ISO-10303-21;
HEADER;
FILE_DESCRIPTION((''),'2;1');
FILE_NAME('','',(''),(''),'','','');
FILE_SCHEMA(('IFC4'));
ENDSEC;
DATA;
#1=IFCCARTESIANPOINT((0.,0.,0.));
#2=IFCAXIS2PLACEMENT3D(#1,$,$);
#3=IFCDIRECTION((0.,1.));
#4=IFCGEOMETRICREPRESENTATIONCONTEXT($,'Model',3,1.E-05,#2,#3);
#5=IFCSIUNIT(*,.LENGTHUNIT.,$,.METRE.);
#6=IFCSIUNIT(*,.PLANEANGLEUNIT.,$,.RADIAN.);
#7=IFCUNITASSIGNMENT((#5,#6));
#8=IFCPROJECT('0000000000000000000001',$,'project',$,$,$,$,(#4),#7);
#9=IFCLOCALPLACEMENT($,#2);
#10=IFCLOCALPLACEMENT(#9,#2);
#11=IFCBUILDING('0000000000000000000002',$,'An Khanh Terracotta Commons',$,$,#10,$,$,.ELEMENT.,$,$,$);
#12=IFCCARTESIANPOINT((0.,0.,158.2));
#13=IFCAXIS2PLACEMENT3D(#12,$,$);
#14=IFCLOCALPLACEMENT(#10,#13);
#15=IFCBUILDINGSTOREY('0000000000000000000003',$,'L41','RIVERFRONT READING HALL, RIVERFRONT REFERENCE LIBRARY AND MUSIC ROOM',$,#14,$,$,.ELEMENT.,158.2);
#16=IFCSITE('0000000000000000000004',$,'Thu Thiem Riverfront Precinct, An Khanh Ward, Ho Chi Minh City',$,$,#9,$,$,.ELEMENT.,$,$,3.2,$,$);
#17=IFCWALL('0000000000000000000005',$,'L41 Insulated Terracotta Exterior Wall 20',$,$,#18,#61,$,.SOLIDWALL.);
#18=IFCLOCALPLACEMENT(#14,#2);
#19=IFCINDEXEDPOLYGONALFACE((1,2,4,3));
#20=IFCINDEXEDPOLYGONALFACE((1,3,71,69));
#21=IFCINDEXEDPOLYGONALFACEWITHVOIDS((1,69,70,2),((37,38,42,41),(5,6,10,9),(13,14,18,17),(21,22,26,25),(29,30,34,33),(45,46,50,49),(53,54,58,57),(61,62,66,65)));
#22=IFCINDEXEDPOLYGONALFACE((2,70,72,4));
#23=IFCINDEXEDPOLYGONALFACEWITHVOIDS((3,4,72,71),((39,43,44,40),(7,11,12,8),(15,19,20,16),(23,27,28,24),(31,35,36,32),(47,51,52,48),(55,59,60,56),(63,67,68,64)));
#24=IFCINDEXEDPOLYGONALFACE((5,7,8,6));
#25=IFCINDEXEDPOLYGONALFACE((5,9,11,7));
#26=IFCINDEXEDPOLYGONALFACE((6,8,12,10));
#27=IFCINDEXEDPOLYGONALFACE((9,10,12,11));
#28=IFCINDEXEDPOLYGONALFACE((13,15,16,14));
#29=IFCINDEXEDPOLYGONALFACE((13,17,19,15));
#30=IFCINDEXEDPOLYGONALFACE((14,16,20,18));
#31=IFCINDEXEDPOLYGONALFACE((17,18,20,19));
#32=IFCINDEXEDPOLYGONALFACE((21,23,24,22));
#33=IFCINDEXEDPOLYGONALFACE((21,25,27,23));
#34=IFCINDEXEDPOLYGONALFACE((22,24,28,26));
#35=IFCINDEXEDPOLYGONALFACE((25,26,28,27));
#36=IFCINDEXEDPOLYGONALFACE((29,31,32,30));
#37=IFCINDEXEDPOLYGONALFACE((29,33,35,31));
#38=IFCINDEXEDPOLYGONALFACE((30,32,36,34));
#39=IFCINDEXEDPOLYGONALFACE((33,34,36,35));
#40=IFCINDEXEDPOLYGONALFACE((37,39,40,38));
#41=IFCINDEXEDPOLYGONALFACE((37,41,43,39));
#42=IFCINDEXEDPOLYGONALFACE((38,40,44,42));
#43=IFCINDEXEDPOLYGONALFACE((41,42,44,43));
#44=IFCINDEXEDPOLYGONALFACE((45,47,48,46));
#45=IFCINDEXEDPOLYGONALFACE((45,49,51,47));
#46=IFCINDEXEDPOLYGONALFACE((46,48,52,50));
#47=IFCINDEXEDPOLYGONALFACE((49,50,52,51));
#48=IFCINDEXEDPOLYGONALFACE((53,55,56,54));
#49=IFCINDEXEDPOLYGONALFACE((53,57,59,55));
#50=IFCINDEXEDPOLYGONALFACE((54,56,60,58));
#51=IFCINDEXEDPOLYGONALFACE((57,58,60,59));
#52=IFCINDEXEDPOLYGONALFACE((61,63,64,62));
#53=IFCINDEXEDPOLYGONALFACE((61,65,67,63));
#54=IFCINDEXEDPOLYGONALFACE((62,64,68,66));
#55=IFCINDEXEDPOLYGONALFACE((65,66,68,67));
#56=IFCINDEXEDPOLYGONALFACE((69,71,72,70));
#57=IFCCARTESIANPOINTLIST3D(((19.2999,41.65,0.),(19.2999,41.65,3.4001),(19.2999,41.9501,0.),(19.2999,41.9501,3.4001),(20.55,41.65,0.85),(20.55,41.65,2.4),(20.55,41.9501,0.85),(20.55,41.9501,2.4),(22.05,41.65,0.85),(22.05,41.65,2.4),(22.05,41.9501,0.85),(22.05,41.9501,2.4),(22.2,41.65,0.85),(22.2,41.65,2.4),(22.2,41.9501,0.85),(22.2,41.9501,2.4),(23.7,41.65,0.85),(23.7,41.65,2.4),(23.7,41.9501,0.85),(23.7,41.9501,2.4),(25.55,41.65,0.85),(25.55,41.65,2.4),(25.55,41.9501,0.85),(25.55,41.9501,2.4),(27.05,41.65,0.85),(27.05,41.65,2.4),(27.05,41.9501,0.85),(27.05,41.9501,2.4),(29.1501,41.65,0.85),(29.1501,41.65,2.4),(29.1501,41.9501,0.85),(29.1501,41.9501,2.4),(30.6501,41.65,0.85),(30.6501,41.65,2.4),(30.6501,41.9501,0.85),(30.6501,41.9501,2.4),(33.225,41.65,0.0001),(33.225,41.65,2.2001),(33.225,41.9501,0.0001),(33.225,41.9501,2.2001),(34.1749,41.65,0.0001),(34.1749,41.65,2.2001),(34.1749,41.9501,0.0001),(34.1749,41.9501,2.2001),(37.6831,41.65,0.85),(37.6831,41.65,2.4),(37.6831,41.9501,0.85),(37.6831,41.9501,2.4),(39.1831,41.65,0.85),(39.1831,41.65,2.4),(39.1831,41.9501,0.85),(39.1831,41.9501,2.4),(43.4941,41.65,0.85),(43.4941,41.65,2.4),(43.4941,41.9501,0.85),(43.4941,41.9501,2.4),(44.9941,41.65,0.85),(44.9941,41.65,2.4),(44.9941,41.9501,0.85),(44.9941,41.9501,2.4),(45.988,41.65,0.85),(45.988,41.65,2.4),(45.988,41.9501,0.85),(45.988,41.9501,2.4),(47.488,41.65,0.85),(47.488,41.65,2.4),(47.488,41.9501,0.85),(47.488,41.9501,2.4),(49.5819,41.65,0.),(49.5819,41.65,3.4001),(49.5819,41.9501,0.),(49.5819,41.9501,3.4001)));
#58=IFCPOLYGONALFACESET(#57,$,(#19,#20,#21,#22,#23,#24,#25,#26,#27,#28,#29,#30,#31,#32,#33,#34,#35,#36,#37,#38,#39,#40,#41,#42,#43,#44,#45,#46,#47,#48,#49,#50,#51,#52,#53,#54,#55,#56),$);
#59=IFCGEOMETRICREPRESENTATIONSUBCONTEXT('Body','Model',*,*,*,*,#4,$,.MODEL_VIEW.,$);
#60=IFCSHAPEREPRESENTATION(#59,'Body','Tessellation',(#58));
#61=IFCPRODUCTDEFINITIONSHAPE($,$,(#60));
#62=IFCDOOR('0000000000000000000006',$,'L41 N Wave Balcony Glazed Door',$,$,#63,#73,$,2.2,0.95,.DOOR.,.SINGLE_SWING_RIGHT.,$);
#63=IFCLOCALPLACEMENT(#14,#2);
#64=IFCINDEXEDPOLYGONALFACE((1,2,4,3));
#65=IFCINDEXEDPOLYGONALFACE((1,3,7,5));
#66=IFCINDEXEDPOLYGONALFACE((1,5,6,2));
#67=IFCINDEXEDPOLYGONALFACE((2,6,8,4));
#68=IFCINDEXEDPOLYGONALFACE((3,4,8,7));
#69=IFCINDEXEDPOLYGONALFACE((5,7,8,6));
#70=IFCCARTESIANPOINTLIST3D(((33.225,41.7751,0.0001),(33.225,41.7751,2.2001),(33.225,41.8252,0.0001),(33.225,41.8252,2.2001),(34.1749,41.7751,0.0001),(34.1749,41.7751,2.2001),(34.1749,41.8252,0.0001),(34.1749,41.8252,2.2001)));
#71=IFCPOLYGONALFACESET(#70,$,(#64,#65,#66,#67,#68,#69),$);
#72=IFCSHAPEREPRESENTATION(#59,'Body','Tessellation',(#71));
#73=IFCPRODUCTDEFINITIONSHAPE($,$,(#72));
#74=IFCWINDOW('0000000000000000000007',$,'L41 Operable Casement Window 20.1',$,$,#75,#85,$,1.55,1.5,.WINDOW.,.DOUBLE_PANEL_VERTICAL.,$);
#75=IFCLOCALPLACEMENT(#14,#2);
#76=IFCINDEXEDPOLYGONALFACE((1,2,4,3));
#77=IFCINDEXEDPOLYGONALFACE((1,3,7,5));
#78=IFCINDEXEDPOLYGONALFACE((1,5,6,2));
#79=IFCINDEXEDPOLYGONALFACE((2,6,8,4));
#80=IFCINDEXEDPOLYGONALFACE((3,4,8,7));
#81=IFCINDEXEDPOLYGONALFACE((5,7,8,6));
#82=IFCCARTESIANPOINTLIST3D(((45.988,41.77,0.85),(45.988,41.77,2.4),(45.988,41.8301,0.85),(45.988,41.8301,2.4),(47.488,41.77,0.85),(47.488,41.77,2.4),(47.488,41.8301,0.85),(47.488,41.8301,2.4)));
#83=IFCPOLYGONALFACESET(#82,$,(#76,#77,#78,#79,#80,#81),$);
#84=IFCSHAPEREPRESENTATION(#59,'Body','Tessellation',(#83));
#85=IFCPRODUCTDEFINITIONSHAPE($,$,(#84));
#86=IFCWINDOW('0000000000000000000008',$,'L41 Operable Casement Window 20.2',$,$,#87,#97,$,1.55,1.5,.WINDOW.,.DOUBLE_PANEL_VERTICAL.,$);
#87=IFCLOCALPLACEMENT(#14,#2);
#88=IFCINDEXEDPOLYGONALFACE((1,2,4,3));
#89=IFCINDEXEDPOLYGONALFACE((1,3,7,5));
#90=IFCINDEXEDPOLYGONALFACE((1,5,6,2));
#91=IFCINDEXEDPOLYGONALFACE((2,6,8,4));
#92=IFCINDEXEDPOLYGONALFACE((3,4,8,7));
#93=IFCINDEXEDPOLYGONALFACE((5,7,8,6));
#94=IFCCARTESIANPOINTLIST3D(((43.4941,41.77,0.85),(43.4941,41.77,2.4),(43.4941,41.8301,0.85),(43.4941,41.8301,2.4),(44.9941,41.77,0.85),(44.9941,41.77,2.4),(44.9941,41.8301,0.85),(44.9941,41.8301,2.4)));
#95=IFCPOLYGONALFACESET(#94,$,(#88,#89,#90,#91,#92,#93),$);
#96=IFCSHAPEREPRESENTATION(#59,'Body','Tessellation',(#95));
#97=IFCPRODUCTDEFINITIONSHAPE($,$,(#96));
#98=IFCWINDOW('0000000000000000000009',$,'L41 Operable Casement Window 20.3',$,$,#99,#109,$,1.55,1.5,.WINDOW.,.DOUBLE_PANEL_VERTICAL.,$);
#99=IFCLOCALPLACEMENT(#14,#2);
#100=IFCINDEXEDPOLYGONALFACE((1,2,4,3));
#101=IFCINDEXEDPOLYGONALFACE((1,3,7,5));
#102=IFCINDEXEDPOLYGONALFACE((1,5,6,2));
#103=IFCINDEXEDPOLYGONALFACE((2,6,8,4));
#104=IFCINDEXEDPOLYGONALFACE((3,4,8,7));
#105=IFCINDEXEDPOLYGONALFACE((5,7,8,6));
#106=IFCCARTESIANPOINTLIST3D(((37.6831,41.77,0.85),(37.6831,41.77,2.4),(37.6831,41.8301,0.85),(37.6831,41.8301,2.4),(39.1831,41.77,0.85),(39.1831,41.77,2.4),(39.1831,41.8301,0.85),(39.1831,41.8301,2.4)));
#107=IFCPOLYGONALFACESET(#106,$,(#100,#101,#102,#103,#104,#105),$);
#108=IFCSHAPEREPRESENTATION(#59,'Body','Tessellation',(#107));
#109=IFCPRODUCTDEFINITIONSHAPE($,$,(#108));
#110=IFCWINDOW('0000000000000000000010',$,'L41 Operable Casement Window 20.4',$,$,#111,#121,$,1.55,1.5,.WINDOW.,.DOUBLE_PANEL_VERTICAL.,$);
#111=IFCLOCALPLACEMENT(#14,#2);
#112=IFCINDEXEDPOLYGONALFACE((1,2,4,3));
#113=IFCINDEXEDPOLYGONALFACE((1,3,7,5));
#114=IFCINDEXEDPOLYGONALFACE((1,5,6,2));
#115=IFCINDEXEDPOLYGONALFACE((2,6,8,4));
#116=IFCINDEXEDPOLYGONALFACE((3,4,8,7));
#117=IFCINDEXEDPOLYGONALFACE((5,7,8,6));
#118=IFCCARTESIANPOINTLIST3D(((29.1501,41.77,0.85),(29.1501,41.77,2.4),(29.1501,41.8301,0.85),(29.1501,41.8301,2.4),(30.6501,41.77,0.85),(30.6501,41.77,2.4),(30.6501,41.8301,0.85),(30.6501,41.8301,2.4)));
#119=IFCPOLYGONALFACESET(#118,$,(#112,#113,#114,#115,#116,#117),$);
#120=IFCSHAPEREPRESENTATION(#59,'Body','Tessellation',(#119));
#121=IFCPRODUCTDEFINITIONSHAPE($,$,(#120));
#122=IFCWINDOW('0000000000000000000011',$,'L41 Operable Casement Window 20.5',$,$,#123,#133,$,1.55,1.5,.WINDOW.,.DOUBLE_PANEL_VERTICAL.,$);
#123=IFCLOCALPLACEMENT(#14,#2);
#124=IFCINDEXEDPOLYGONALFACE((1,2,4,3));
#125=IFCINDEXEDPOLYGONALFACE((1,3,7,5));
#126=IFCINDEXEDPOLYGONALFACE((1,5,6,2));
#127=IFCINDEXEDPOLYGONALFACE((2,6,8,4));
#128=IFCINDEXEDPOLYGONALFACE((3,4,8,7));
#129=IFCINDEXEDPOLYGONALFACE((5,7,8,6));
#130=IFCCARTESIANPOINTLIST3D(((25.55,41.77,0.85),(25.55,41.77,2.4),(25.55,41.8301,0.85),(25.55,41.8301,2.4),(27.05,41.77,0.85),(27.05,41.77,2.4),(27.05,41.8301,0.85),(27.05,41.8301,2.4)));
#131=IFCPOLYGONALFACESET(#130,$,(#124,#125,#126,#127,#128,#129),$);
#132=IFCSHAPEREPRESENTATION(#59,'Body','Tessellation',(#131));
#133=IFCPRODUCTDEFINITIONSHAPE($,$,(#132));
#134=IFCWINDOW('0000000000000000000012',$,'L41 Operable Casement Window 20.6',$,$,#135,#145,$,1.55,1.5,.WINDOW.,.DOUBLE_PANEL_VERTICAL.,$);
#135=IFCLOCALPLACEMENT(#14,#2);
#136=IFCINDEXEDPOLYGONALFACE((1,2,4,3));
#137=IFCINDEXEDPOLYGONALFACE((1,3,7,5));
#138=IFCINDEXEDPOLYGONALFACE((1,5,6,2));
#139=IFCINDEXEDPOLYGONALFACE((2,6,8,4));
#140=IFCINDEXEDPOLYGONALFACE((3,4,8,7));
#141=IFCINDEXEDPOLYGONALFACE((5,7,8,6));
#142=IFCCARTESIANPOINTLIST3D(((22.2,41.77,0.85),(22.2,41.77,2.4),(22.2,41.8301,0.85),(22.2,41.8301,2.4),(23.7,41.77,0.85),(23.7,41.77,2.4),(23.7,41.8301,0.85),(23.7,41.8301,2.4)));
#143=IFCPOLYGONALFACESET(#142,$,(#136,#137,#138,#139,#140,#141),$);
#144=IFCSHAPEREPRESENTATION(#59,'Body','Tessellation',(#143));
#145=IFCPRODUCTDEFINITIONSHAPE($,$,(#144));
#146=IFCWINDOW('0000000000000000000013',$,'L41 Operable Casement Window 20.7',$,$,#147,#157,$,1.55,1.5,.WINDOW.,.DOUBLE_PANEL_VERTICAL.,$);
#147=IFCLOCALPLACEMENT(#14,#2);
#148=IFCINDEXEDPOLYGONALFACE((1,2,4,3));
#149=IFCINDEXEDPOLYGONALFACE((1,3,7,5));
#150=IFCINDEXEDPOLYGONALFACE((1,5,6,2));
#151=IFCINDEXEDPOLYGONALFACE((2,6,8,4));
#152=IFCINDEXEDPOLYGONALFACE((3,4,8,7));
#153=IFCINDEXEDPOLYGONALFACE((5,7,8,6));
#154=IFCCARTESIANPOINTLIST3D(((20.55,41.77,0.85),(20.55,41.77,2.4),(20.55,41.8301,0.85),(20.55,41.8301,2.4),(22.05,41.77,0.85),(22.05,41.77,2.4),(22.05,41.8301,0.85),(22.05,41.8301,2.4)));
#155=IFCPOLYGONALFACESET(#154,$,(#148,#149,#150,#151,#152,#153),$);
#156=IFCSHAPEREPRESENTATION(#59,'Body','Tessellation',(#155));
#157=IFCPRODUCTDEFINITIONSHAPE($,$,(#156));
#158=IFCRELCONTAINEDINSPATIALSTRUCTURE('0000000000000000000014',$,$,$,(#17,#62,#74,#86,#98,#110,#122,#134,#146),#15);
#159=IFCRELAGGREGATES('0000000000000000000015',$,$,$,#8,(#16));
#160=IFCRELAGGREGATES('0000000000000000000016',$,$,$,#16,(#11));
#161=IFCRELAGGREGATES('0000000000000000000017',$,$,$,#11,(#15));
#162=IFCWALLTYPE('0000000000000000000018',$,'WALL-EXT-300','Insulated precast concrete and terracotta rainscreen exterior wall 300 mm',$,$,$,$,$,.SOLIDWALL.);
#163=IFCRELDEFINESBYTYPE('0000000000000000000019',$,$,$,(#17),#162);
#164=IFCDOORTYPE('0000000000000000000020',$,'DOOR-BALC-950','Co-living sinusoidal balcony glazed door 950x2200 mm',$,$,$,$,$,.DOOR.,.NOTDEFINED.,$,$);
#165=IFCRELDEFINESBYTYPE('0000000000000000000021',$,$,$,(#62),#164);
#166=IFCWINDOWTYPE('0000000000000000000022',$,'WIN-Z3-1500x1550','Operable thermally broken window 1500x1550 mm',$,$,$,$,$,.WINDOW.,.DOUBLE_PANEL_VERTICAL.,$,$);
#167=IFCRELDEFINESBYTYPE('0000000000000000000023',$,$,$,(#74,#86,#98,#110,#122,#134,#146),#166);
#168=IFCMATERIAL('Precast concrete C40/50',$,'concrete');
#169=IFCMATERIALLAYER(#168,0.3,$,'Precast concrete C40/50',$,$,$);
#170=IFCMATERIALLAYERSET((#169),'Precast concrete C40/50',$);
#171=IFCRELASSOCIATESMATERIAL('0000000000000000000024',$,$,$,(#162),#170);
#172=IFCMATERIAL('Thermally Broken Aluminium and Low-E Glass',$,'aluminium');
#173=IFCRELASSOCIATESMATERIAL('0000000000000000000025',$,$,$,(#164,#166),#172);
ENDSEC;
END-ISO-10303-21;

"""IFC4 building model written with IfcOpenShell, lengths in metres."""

from ifc_helpers import new_model, si_unit, direction, frame, frame_2d, origin, place, context, subcontext, project, spatial, rectangle, extrude, material, layer, layer_set, type_object, element, fill, save


model = new_model("IFC4")

# Units and contexts
model_context = context("Model", 3, precision=1e-05, world=origin(), true_north=direction((0.0, 1.0)))
body_context = subcontext(model_context, "Body", "Model", "MODEL_VIEW")
ifc_project = project(units=[si_unit("LENGTHUNIT", "METRE"), si_unit("PLANEANGLEUNIT", "RADIAN")], contexts=[model_context])

# Site, building, storey
site_placement = place(None, origin())
site = spatial("IfcSite", under=ifc_project, at=site_placement, Name="Thu Thiem Riverfront Precinct, An Khanh Ward, Ho Chi Minh City", CompositionType="ELEMENT", RefElevation=3.2)
building_placement = place(site_placement, origin())
building = spatial("IfcBuilding", under=site, at=building_placement, Name="An Khanh Terracotta Commons", CompositionType="ELEMENT")
storey_placement = place(building_placement, frame((0.0, 0.0, 158.2)))
storey = spatial("IfcBuildingStorey", under=building, at=storey_placement, Name="L41", Description="RIVERFRONT READING HALL, RIVERFRONT REFERENCE LIBRARY AND MUSIC ROOM", CompositionType="ELEMENT", Elevation=158.2)

# Wall, openings, door, windows
ifc_material_1 = material(Name="Precast concrete C40/50", Category="concrete")
ifc_layer_1 = layer(ifc_material_1, 0.3, Name="Precast concrete C40/50")
ifc_layer_set_1 = layer_set([ifc_layer_1], Name="Precast concrete C40/50")
wall_type_1 = type_object("IfcWallType", Name="WALL-EXT-300", Description="Insulated precast concrete and terracotta rainscreen exterior wall 300 mm", PredefinedType="SOLIDWALL", material=ifc_layer_set_1)
wall_1_placement = place(storey_placement, frame((49.582, 41.8, 0.0), z_axis=(0.0, 0.0, 1.0), x_axis=(-1.0, 0.0, 0.0)))
wall_1 = element("IfcWall", 1, at=wall_1_placement, inside=storey, type_object=wall_type_1, Name="L41 Insulated Terracotta Exterior Wall 20", PredefinedType="SOLIDWALL", context=body_context, shape_type="SweptSolid", body=[
    extrude(rectangle(XDim=30.282, YDim=0.3, at=frame_2d((15.1411, 0.0))), origin(), (0.0, 0.0, 1.0), 3.4001),
])
opening_1_placement = place(wall_1_placement, frame((15.407, 0.0, 0.0)))
opening_1 = element("IfcOpeningElement", 2, at=opening_1_placement, cuts=wall_1, PredefinedType="OPENING", context=body_context, shape_type="SweptSolid", body=[
    extrude(rectangle(XDim=0.95, YDim=2.2, at=frame_2d((0.4751, 1.1001))), frame((0.0, 0.1599, 0.0), z_axis=(0.0, -1.0, 0.0), x_axis=(1.0, 0.0, 0.0)), (0.0, 0.0, 1.0), 0.3201),
])
opening_2_placement = place(wall_1_placement, frame((2.094, 0.0, 0.8501)))
opening_2 = element("IfcOpeningElement", 3, at=opening_2_placement, cuts=wall_1, PredefinedType="OPENING", context=body_context, shape_type="SweptSolid", body=[
    extrude(rectangle(XDim=1.5, YDim=1.55, at=frame_2d((0.75, 0.7749))), frame((0.0, 0.1599, 0.0), z_axis=(0.0, -1.0, 0.0), x_axis=(1.0, 0.0, 0.0)), (0.0, 0.0, 1.0), 0.3201),
])
opening_3_placement = place(wall_1_placement, frame((4.5879, 0.0, 0.8501)))
opening_3 = element("IfcOpeningElement", 4, at=opening_3_placement, cuts=wall_1, PredefinedType="OPENING", context=body_context, shape_type="SweptSolid", body=[
    extrude(rectangle(XDim=1.5, YDim=1.55, at=frame_2d((0.75, 0.7749))), frame((0.0, 0.1599, 0.0), z_axis=(0.0, -1.0, 0.0), x_axis=(1.0, 0.0, 0.0)), (0.0, 0.0, 1.0), 0.3201),
])
opening_4_placement = place(wall_1_placement, frame((10.3989, 0.0, 0.8501)))
opening_4 = element("IfcOpeningElement", 5, at=opening_4_placement, cuts=wall_1, PredefinedType="OPENING", context=body_context, shape_type="SweptSolid", body=[
    extrude(rectangle(XDim=1.5, YDim=1.55, at=frame_2d((0.75, 0.7749))), frame((0.0, 0.1599, 0.0), z_axis=(0.0, -1.0, 0.0), x_axis=(1.0, 0.0, 0.0)), (0.0, 0.0, 1.0), 0.3201),
])
opening_5_placement = place(wall_1_placement, frame((18.9319, 0.0, 0.8501)))
opening_5 = element("IfcOpeningElement", 6, at=opening_5_placement, cuts=wall_1, PredefinedType="OPENING", context=body_context, shape_type="SweptSolid", body=[
    extrude(rectangle(XDim=1.5, YDim=1.55, at=frame_2d((0.75, 0.7749))), frame((0.0, 0.1599, 0.0), z_axis=(0.0, -1.0, 0.0), x_axis=(1.0, 0.0, 0.0)), (0.0, 0.0, 1.0), 0.3201),
])
opening_6_placement = place(wall_1_placement, frame((22.532, 0.0, 0.8501)))
opening_6 = element("IfcOpeningElement", 7, at=opening_6_placement, cuts=wall_1, PredefinedType="OPENING", context=body_context, shape_type="SweptSolid", body=[
    extrude(rectangle(XDim=1.5, YDim=1.55, at=frame_2d((0.75, 0.7749))), frame((0.0, 0.1599, 0.0), z_axis=(0.0, -1.0, 0.0), x_axis=(1.0, 0.0, 0.0)), (0.0, 0.0, 1.0), 0.3201),
])
opening_7_placement = place(wall_1_placement, frame((25.8821, 0.0, 0.8501)))
opening_7 = element("IfcOpeningElement", 8, at=opening_7_placement, cuts=wall_1, PredefinedType="OPENING", context=body_context, shape_type="SweptSolid", body=[
    extrude(rectangle(XDim=1.5, YDim=1.55, at=frame_2d((0.75, 0.7749))), frame((0.0, 0.1599, 0.0), z_axis=(0.0, -1.0, 0.0), x_axis=(1.0, 0.0, 0.0)), (0.0, 0.0, 1.0), 0.3201),
])
opening_8_placement = place(wall_1_placement, frame((27.532, 0.0, 0.8501)))
opening_8 = element("IfcOpeningElement", 9, at=opening_8_placement, cuts=wall_1, PredefinedType="OPENING", context=body_context, shape_type="SweptSolid", body=[
    extrude(rectangle(XDim=1.5, YDim=1.55, at=frame_2d((0.75, 0.7749))), frame((0.0, 0.1599, 0.0), z_axis=(0.0, -1.0, 0.0), x_axis=(1.0, 0.0, 0.0)), (0.0, 0.0, 1.0), 0.3201),
])
ifc_material_2 = material(Name="Thermally Broken Aluminium and Low-E Glass", Category="aluminium")
door_type_1 = type_object("IfcDoorType", Name="DOOR-BALC-950", Description="Co-living sinusoidal balcony glazed door 950x2200 mm", OperationType="NOTDEFINED", PredefinedType="DOOR", material=ifc_material_2)
door_1_placement = place(opening_1_placement, origin())
door_1 = element("IfcDoor", 10, at=door_1_placement, inside=storey, type_object=door_type_1, Name="L41 N Wave Balcony Glazed Door", OperationType="SINGLE_SWING_RIGHT", OverallHeight=2.2, OverallWidth=0.95, PredefinedType="DOOR", context=body_context, shape_type="SweptSolid", body=[
    extrude(rectangle(XDim=0.95, YDim=2.2, at=frame_2d((0.4751, 1.1001))), frame((0.0, 0.0249, 0.0), z_axis=(0.0, -1.0, 0.0), x_axis=(1.0, 0.0, 0.0)), (0.0, 0.0, 1.0), 0.05),
])
fill(opening_1, door_1)
window_type = type_object("IfcWindowType", Name="WIN-Z3-1500x1550", Description="Operable thermally broken window 1500x1550 mm", PartitioningType="DOUBLE_PANEL_VERTICAL", PredefinedType="WINDOW", material=ifc_material_2)
window_1_placement = place(opening_2_placement, origin())
window_1 = element("IfcWindow", 11, at=window_1_placement, inside=storey, type_object=window_type, Name="L41 Operable Casement Window 20.1", OverallHeight=1.55, OverallWidth=1.5, PartitioningType="DOUBLE_PANEL_VERTICAL", PredefinedType="WINDOW", context=body_context, shape_type="SweptSolid", body=[
    extrude(rectangle(XDim=1.5, YDim=1.55, at=frame_2d((0.75, 0.7749))), frame((0.0, 0.03, 0.0), z_axis=(0.0, -1.0, 0.0), x_axis=(1.0, 0.0, 0.0)), (0.0, 0.0, 1.0), 0.0601),
])
fill(opening_2, window_1)
window_2_placement = place(opening_3_placement, origin())
window_2 = element("IfcWindow", 12, at=window_2_placement, inside=storey, type_object=window_type, Name="L41 Operable Casement Window 20.2", OverallHeight=1.55, OverallWidth=1.5, PartitioningType="DOUBLE_PANEL_VERTICAL", PredefinedType="WINDOW", context=body_context, shape_type="SweptSolid", body=[
    extrude(rectangle(XDim=1.5, YDim=1.55, at=frame_2d((0.75, 0.7749))), frame((0.0, 0.03, 0.0), z_axis=(0.0, -1.0, 0.0), x_axis=(1.0, 0.0, 0.0)), (0.0, 0.0, 1.0), 0.0601),
])
fill(opening_3, window_2)
window_3_placement = place(opening_4_placement, origin())
window_3 = element("IfcWindow", 13, at=window_3_placement, inside=storey, type_object=window_type, Name="L41 Operable Casement Window 20.3", OverallHeight=1.55, OverallWidth=1.5, PartitioningType="DOUBLE_PANEL_VERTICAL", PredefinedType="WINDOW", context=body_context, shape_type="SweptSolid", body=[
    extrude(rectangle(XDim=1.5, YDim=1.55, at=frame_2d((0.75, 0.7749))), frame((0.0, 0.03, 0.0), z_axis=(0.0, -1.0, 0.0), x_axis=(1.0, 0.0, 0.0)), (0.0, 0.0, 1.0), 0.0601),
])
fill(opening_4, window_3)
window_4_placement = place(opening_5_placement, origin())
window_4 = element("IfcWindow", 14, at=window_4_placement, inside=storey, type_object=window_type, Name="L41 Operable Casement Window 20.4", OverallHeight=1.55, OverallWidth=1.5, PartitioningType="DOUBLE_PANEL_VERTICAL", PredefinedType="WINDOW", context=body_context, shape_type="SweptSolid", body=[
    extrude(rectangle(XDim=1.5, YDim=1.55, at=frame_2d((0.75, 0.7749))), frame((0.0, 0.03, 0.0), z_axis=(0.0, -1.0, 0.0), x_axis=(1.0, 0.0, 0.0)), (0.0, 0.0, 1.0), 0.0601),
])
fill(opening_5, window_4)
window_5_placement = place(opening_6_placement, origin())
window_5 = element("IfcWindow", 15, at=window_5_placement, inside=storey, type_object=window_type, Name="L41 Operable Casement Window 20.5", OverallHeight=1.55, OverallWidth=1.5, PartitioningType="DOUBLE_PANEL_VERTICAL", PredefinedType="WINDOW", context=body_context, shape_type="SweptSolid", body=[
    extrude(rectangle(XDim=1.5, YDim=1.55, at=frame_2d((0.75, 0.7749))), frame((0.0, 0.03, 0.0), z_axis=(0.0, -1.0, 0.0), x_axis=(1.0, 0.0, 0.0)), (0.0, 0.0, 1.0), 0.0601),
])
fill(opening_6, window_5)
window_6_placement = place(opening_7_placement, origin())
window_6 = element("IfcWindow", 16, at=window_6_placement, inside=storey, type_object=window_type, Name="L41 Operable Casement Window 20.6", OverallHeight=1.55, OverallWidth=1.5, PartitioningType="DOUBLE_PANEL_VERTICAL", PredefinedType="WINDOW", context=body_context, shape_type="SweptSolid", body=[
    extrude(rectangle(XDim=1.5, YDim=1.55, at=frame_2d((0.75, 0.7749))), frame((0.0, 0.03, 0.0), z_axis=(0.0, -1.0, 0.0), x_axis=(1.0, 0.0, 0.0)), (0.0, 0.0, 1.0), 0.0601),
])
fill(opening_7, window_6)
window_7_placement = place(opening_8_placement, origin())
window_7 = element("IfcWindow", 17, at=window_7_placement, inside=storey, type_object=window_type, Name="L41 Operable Casement Window 20.7", OverallHeight=1.55, OverallWidth=1.5, PartitioningType="DOUBLE_PANEL_VERTICAL", PredefinedType="WINDOW", context=body_context, shape_type="SweptSolid", body=[
    extrude(rectangle(XDim=1.5, YDim=1.55, at=frame_2d((0.75, 0.7749))), frame((0.0, 0.03, 0.0), z_axis=(0.0, -1.0, 0.0), x_axis=(1.0, 0.0, 0.0)), (0.0, 0.0, 1.0), 0.0601),
])
fill(opening_8, window_7)

save(model, "model.ifc")
